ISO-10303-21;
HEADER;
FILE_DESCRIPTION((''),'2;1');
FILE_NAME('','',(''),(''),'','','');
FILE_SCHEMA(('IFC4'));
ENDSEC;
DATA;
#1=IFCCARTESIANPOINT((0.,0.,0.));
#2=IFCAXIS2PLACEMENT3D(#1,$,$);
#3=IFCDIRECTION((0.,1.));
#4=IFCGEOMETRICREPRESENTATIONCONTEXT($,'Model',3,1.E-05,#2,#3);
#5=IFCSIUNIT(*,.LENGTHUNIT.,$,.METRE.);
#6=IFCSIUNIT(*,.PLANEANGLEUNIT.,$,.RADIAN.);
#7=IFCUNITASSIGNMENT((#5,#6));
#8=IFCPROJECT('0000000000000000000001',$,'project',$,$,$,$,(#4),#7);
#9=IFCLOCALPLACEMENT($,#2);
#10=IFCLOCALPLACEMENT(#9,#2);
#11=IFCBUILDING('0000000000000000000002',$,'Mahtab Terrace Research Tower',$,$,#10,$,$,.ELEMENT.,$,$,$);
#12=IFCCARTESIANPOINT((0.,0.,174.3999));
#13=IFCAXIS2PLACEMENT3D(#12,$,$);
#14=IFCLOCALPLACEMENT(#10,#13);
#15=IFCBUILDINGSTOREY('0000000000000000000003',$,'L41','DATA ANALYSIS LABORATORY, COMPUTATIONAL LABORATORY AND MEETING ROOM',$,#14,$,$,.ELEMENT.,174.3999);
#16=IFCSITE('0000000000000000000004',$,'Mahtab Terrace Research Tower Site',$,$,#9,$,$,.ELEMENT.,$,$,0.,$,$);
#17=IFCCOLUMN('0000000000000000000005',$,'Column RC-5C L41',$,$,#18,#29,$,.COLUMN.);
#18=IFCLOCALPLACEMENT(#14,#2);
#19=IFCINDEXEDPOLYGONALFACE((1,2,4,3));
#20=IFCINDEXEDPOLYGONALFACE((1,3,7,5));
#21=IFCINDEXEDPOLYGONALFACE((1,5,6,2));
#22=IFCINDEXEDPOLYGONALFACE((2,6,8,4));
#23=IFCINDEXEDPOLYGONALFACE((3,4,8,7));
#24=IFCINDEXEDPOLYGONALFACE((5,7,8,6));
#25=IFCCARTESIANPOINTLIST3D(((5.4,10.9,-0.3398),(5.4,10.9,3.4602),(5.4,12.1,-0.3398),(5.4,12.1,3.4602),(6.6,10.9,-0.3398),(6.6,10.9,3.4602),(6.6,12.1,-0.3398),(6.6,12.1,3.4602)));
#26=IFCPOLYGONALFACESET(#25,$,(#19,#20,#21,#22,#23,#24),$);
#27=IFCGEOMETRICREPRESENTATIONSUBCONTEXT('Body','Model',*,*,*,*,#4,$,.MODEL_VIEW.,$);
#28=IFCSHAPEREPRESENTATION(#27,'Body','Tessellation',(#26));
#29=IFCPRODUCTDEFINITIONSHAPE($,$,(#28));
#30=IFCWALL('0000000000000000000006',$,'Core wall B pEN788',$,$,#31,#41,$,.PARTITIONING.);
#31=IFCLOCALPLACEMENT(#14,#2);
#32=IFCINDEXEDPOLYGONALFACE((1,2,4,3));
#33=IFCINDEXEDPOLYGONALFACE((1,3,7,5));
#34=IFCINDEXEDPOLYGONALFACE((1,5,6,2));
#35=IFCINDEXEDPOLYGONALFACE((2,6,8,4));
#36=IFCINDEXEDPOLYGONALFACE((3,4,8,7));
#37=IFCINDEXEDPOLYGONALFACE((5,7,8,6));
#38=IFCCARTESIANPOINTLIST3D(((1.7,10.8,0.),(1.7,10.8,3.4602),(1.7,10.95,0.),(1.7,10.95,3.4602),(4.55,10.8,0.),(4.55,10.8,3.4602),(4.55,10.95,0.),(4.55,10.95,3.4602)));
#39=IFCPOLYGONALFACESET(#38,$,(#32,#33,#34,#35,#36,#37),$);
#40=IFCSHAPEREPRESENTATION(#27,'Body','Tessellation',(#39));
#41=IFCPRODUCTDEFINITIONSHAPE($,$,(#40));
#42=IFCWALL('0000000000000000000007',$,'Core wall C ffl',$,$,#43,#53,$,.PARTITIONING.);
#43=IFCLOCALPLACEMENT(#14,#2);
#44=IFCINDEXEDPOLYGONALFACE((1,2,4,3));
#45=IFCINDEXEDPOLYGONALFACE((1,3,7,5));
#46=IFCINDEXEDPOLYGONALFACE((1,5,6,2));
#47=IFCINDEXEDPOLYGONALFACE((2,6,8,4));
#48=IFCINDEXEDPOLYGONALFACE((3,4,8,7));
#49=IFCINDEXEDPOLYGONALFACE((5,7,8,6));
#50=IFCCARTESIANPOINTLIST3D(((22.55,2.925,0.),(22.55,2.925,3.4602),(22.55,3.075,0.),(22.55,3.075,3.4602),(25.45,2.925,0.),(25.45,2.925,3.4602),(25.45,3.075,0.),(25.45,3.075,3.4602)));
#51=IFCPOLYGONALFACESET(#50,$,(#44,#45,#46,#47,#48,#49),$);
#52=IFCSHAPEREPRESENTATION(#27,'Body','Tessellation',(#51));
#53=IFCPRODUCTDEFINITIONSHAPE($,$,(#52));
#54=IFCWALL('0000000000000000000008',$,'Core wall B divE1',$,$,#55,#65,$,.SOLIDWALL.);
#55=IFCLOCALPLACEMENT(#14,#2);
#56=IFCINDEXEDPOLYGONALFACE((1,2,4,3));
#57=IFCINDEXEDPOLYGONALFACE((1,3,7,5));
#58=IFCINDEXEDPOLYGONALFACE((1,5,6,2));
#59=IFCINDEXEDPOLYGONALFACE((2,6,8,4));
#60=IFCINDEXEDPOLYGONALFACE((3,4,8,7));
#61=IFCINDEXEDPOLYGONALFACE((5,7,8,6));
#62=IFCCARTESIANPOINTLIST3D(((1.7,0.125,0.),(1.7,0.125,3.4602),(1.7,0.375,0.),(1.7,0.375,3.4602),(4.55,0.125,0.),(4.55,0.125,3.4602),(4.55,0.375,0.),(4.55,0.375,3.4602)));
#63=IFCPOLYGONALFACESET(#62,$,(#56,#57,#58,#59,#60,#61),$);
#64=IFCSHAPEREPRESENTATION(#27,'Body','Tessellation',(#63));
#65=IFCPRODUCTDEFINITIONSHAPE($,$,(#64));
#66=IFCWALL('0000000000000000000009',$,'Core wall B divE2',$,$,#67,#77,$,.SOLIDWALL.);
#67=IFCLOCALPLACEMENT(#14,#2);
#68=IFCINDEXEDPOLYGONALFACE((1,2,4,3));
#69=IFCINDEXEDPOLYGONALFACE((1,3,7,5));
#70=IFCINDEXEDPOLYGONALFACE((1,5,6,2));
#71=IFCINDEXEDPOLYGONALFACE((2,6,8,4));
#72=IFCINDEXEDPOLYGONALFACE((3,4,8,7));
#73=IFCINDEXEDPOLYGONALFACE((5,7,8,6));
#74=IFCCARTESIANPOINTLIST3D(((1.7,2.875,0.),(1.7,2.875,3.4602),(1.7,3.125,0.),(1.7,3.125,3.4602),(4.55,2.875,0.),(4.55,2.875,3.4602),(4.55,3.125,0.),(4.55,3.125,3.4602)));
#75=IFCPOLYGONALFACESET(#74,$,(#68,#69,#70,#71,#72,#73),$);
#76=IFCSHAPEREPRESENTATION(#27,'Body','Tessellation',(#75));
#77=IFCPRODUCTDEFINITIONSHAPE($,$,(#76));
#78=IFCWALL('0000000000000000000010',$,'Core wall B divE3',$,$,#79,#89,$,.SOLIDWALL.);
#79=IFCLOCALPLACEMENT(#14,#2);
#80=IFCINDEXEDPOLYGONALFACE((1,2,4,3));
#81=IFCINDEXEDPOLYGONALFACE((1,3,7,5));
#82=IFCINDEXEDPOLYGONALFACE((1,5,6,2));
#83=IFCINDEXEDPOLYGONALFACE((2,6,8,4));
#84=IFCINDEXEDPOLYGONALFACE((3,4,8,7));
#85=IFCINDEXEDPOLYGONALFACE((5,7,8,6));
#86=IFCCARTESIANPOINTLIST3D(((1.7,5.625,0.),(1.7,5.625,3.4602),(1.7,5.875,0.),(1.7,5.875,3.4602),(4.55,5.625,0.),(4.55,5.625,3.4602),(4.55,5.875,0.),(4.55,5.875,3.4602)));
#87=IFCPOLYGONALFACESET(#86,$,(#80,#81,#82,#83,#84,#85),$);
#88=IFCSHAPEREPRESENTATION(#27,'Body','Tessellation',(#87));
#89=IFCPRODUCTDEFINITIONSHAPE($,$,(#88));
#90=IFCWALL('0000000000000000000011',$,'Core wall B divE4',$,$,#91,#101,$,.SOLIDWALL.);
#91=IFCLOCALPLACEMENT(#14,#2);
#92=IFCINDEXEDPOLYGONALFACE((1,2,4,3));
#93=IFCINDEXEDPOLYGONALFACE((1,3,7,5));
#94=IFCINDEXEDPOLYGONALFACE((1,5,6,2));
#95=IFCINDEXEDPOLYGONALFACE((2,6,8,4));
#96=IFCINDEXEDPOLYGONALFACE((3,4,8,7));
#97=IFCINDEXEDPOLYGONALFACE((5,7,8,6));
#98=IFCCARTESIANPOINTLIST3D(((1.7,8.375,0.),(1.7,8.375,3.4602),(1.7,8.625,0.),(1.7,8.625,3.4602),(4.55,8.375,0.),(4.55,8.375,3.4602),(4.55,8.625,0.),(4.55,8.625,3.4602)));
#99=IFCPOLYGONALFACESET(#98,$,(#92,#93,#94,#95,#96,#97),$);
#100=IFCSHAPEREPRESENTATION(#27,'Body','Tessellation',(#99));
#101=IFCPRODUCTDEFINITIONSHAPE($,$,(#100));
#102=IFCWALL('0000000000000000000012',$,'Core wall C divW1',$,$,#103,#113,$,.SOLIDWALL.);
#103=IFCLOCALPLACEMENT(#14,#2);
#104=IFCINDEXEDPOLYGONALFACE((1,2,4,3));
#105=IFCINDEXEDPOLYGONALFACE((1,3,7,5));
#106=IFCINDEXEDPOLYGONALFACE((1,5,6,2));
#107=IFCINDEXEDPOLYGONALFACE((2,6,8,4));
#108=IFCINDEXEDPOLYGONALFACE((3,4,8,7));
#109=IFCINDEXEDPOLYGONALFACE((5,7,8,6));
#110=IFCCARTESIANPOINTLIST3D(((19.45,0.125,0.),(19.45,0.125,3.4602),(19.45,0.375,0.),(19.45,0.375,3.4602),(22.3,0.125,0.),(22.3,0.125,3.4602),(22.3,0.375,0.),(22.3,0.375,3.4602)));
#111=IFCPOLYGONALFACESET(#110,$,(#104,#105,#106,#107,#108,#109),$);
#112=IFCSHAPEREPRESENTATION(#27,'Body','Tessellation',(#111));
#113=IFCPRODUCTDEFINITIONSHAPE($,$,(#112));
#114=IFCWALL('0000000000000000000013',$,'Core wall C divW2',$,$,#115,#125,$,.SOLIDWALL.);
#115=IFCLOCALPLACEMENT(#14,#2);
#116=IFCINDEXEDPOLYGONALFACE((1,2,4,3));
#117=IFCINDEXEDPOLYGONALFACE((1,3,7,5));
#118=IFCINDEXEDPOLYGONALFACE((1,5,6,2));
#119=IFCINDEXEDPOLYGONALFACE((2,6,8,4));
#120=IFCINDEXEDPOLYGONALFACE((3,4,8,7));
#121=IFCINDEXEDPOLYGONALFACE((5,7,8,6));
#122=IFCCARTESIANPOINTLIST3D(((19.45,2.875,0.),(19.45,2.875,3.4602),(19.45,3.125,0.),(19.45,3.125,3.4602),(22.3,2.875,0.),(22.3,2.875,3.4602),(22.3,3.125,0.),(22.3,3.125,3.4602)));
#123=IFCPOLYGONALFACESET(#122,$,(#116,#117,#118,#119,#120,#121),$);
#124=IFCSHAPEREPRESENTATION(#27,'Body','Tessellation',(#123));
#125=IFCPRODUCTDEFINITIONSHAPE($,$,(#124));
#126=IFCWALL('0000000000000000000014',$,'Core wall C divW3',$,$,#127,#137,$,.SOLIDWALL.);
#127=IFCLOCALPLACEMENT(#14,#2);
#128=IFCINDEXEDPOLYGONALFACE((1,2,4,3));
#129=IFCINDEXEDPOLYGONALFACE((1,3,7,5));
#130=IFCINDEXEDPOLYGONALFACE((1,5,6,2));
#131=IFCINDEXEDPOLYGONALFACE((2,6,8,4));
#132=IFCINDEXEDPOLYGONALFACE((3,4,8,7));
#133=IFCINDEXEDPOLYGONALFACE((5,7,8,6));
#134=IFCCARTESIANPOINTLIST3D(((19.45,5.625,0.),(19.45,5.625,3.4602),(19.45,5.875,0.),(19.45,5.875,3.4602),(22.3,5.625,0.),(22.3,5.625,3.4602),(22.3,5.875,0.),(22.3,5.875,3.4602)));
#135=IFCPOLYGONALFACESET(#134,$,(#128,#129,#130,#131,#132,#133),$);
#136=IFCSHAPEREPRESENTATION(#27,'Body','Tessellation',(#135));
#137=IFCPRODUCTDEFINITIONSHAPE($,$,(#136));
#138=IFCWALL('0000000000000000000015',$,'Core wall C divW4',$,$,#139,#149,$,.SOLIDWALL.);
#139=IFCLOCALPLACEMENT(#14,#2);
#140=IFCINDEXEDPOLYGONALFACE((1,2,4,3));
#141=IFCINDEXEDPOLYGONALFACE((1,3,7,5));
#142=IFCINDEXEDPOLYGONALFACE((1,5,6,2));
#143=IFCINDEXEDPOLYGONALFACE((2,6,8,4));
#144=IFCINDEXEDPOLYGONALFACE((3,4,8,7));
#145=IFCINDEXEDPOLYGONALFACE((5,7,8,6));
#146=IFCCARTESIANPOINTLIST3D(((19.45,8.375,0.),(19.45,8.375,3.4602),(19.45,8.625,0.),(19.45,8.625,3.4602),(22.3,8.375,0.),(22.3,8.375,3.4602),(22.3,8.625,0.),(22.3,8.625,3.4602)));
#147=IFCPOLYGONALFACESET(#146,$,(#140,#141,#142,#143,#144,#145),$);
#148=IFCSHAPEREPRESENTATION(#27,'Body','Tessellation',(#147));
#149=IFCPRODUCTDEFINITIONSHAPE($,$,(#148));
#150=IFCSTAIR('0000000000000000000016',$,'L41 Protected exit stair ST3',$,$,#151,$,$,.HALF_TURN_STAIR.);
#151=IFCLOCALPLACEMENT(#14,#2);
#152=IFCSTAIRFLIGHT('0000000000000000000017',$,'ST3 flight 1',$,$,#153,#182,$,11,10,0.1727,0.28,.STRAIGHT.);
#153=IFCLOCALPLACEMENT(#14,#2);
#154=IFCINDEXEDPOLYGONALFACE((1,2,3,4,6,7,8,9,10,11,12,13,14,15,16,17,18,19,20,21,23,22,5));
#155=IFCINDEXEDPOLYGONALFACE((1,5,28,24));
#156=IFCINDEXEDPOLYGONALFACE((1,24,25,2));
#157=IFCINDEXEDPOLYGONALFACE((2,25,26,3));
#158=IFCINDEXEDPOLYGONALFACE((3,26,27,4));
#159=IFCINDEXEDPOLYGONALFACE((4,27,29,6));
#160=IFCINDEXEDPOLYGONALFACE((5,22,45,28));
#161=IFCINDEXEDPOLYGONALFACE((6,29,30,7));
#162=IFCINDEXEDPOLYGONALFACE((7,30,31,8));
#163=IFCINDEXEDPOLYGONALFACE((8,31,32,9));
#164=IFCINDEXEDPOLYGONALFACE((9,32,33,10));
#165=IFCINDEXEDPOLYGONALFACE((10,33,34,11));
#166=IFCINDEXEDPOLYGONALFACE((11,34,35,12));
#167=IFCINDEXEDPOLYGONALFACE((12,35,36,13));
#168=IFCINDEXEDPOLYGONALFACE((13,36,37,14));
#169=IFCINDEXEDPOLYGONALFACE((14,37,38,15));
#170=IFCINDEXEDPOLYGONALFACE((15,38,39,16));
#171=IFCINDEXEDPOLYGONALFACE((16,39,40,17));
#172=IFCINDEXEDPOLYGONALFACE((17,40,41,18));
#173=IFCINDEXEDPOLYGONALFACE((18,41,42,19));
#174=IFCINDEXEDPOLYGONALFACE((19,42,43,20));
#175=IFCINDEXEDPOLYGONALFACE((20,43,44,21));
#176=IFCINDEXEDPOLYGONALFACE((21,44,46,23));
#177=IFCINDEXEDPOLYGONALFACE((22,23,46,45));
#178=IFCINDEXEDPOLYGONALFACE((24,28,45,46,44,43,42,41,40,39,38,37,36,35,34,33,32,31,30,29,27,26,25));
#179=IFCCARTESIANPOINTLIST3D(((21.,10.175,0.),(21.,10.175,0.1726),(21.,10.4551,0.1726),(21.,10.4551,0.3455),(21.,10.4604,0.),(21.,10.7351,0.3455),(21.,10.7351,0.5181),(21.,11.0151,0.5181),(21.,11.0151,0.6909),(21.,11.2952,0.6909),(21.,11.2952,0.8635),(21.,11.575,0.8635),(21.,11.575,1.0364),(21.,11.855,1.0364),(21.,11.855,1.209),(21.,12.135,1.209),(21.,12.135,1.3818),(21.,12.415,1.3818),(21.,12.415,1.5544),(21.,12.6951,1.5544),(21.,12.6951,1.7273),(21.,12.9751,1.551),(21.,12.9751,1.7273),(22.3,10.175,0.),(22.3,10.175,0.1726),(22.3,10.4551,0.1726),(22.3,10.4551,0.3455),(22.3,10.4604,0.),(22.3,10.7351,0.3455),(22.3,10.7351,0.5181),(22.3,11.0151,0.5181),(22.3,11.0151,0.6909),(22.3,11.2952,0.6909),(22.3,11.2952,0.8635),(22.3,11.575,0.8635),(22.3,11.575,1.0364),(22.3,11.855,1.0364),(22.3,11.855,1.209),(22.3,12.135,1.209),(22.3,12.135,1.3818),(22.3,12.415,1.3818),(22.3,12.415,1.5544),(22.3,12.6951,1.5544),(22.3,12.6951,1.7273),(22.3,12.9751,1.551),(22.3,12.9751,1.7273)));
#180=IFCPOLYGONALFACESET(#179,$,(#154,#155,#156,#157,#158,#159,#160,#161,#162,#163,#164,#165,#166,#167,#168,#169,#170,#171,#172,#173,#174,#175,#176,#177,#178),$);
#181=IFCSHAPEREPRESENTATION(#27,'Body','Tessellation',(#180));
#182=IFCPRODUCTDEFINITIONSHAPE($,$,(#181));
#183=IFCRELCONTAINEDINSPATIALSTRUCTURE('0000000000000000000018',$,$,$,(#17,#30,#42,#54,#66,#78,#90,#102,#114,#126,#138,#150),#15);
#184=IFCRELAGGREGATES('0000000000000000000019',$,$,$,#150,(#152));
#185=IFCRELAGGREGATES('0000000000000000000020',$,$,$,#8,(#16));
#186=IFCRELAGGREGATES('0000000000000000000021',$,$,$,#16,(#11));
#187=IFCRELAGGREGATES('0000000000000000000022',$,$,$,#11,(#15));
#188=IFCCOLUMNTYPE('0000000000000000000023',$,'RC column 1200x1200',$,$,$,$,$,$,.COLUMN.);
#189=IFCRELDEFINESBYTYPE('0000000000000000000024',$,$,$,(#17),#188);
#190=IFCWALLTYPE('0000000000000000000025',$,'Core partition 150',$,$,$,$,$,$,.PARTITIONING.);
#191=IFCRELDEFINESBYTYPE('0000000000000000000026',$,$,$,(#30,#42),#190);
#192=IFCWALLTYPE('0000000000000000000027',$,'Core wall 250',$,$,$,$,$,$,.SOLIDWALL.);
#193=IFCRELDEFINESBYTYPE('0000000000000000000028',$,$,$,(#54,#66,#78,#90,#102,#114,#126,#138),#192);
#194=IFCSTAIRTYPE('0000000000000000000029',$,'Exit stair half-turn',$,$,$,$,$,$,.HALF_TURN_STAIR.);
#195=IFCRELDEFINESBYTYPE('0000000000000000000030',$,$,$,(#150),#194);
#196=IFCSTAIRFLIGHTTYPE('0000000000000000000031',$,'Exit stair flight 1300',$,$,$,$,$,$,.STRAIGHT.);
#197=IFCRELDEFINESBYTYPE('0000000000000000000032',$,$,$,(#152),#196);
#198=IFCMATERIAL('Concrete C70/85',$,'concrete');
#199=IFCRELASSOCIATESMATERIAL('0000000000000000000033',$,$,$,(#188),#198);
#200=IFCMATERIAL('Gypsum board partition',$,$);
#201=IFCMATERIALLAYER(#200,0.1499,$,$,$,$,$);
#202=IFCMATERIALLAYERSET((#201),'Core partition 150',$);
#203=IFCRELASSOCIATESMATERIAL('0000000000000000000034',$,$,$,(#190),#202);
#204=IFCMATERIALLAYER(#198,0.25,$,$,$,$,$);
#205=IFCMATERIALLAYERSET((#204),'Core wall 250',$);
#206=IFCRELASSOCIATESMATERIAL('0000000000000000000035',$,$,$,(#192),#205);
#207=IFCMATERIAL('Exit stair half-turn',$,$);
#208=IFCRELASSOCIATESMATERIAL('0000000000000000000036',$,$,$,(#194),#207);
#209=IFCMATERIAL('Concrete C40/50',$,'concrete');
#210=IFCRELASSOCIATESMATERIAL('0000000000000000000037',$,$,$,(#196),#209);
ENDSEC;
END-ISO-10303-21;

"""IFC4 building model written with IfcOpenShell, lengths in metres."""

from ifc_helpers import new_model, si_unit, direction, frame, frame_2d, origin, origin_2d, place, context, subcontext, project, spatial, polyline, rectangle, outline, extrude, material, layer, layer_set, material_profile, profile_set, type_object, element, aggregate, save


model = new_model("IFC4")

# Units and contexts
model_context = context("Model", 3, precision=1e-05, world=origin(), true_north=direction((0.0, 1.0)))
body_context = subcontext(model_context, "Body", "Model", "MODEL_VIEW")
ifc_project = project(units=[si_unit("LENGTHUNIT", "METRE"), si_unit("PLANEANGLEUNIT", "RADIAN")], contexts=[model_context])

# Site, building, storey
site_placement = place(None, origin())
site = spatial("IfcSite", under=ifc_project, at=site_placement, Name="Mahtab Terrace Research Tower Site", CompositionType="ELEMENT", RefElevation=0.0)
building_placement = place(site_placement, origin())
building = spatial("IfcBuilding", under=site, at=building_placement, Name="Mahtab Terrace Research Tower", CompositionType="ELEMENT")
storey_placement = place(building_placement, frame((0.0, 0.0, 174.3999)))
storey = spatial("IfcBuildingStorey", under=building, at=storey_placement, Name="L41", Description="DATA ANALYSIS LABORATORY, COMPUTATIONAL LABORATORY AND MEETING ROOM", CompositionType="ELEMENT", Elevation=174.3999)

# Column
ifc_material_1 = material(Name="Concrete C70/85", Category="concrete")
ifc_material_profile = material_profile(ifc_material_1, rectangle(XDim=1.2, YDim=1.2, at=origin_2d()), Name="RC column 1200x1200")
ifc_profile_set = profile_set([ifc_material_profile], Name="Concrete C70/85")
column_type = type_object("IfcColumnType", Name="RC column 1200x1200", PredefinedType="COLUMN", material=ifc_profile_set)
column_placement = place(storey_placement, frame((6.0, 11.5, -0.3398), z_axis=(0.0, 0.0, 1.0), x_axis=(1.0, 0.0, 0.0)))
element("IfcColumn", 1, at=column_placement, inside=storey, type_object=column_type, Name="Column RC-5C L41", PredefinedType="COLUMN", context=body_context, shape_type="SweptSolid", body=[
    extrude(rectangle(XDim=1.2, YDim=1.2, at=origin_2d()), origin(), (0.0, 0.0, 1.0), 3.8),
])

# Walls
ifc_material_2 = material(Name="Gypsum board partition")
ifc_layer_1 = layer(ifc_material_2, 0.1499)
ifc_layer_set_1 = layer_set([ifc_layer_1], Name="Core partition 150")
wall_type_1 = type_object("IfcWallType", Name="Core partition 150", PredefinedType="PARTITIONING", material=ifc_layer_set_1)
wall_1_placement = place(storey_placement, frame((1.7, 10.875, 0.0), z_axis=(0.0, 0.0, 1.0), x_axis=(1.0, 0.0, 0.0)))
element("IfcWall", 2, at=wall_1_placement, inside=storey, type_object=wall_type_1, Name="Core wall B pEN788", PredefinedType="PARTITIONING", context=body_context, shape_type="SweptSolid", body=[
    extrude(rectangle(XDim=2.8501, YDim=0.1499, at=frame_2d((1.425, 0.0))), origin(), (0.0, 0.0, 1.0), 3.4602),
])
wall_2_placement = place(storey_placement, frame((22.55, 3.0, 0.0), z_axis=(0.0, 0.0, 1.0), x_axis=(1.0, 0.0, 0.0)))
element("IfcWall", 3, at=wall_2_placement, inside=storey, type_object=wall_type_1, Name="Core wall C ffl", PredefinedType="PARTITIONING", context=body_context, shape_type="SweptSolid", body=[
    extrude(rectangle(XDim=2.8999, YDim=0.1499, at=frame_2d((1.45, 0.0))), origin(), (0.0, 0.0, 1.0), 3.4602),
])
ifc_layer_2 = layer(ifc_material_1, 0.25)
ifc_layer_set_2 = layer_set([ifc_layer_2], Name="Core wall 250")
wall_type_2 = type_object("IfcWallType", Name="Core wall 250", PredefinedType="SOLIDWALL", material=ifc_layer_set_2)
for number, where, z_axis, x_axis, name in (
    (4, (1.7, 0.25, 0.0), (0.0, 0.0, 1.0), (1.0, 0.0, 0.0), "Core wall B divE1"),
    (5, (1.7, 3.0, 0.0), (0.0, 0.0, 1.0), (1.0, 0.0, 0.0), "Core wall B divE2"),
    (6, (1.7, 5.75, 0.0), (0.0, 0.0, 1.0), (1.0, 0.0, 0.0), "Core wall B divE3"),
    (7, (1.7, 8.5, 0.0), (0.0, 0.0, 1.0), (1.0, 0.0, 0.0), "Core wall B divE4"),
    (8, (19.45, 0.25, 0.0), (0.0, 0.0, 1.0), (1.0, 0.0, 0.0), "Core wall C divW1"),
    (9, (19.45, 3.0, 0.0), (0.0, 0.0, 1.0), (1.0, 0.0, 0.0), "Core wall C divW2"),
    (10, (19.45, 5.75, 0.0), (0.0, 0.0, 1.0), (1.0, 0.0, 0.0), "Core wall C divW3"),
    (11, (19.45, 8.5, 0.0), (0.0, 0.0, 1.0), (1.0, 0.0, 0.0), "Core wall C divW4"),
):
    element("IfcWall", number, at=place(storey_placement, frame(where, z_axis=z_axis, x_axis=x_axis)), inside=storey, type_object=wall_type_2, Name=name, PredefinedType="SOLIDWALL", context=body_context, shape_type="SweptSolid", body=[
        extrude(rectangle(XDim=2.8501, YDim=0.25, at=frame_2d((1.425, 0.0))), origin(), (0.0, 0.0, 1.0), 3.4602),
    ])

# Stair, stair flight
ifc_material_3 = material(Name="Exit stair half-turn")
stair_type = type_object("IfcStairType", Name="Exit stair half-turn", PredefinedType="HALF_TURN_STAIR", material=ifc_material_3)
stair_placement = place(storey_placement, origin())
stair = element("IfcStair", 12, at=stair_placement, inside=storey, type_object=stair_type, Name="L41 Protected exit stair ST3", PredefinedType="HALF_TURN_STAIR")
ifc_material_4 = material(Name="Concrete C40/50", Category="concrete")
stair_flight_type = type_object("IfcStairFlightType", Name="Exit stair flight 1300", PredefinedType="STRAIGHT", material=ifc_material_4)
stair_flight_placement = place(storey_placement, frame((21.6499, 10.175, 0.0), z_axis=(0.0, 0.0, 1.0), x_axis=(0.0, 1.0, 0.0)))
stair_flight = element("IfcStairFlight", 13, at=stair_flight_placement, type_object=stair_flight_type, Name="ST3 flight 1", NumberOfRisers=11, NumberOfTreads=10, PredefinedType="STRAIGHT", RiserHeight=0.1727, TreadLength=0.28, context=body_context, shape_type="SweptSolid", body=[
    extrude(outline(polyline([(0.0, 0.0), (0.0, 0.1726), (0.28, 0.1726), (0.28, 0.3455), (0.5601, 0.3455), (0.5601, 0.5181), (0.8401, 0.5181), (0.8401, 0.6909), (1.1201, 0.6909), (1.1201, 0.8635), (1.3999, 0.8635), (1.3999, 1.0364), (1.6799, 1.0364), (1.6799, 1.209), (1.96, 1.209), (1.96, 1.3818), (2.24, 1.3818), (2.24, 1.5544), (2.52, 1.5544), (2.52, 1.7273), (2.8, 1.7273), (2.8, 1.8999), (2.8, 1.551), (0.2854, 0.0), (0.0, 0.0)])), frame((0.0, 0.6499, 0.0), z_axis=(0.0, -1.0, 0.0), x_axis=(1.0, 0.0, 0.0)), (0.0, 0.0, 1.0), 1.3),
])
aggregate(stair, [stair_flight])

save(model, "model.ifc")
